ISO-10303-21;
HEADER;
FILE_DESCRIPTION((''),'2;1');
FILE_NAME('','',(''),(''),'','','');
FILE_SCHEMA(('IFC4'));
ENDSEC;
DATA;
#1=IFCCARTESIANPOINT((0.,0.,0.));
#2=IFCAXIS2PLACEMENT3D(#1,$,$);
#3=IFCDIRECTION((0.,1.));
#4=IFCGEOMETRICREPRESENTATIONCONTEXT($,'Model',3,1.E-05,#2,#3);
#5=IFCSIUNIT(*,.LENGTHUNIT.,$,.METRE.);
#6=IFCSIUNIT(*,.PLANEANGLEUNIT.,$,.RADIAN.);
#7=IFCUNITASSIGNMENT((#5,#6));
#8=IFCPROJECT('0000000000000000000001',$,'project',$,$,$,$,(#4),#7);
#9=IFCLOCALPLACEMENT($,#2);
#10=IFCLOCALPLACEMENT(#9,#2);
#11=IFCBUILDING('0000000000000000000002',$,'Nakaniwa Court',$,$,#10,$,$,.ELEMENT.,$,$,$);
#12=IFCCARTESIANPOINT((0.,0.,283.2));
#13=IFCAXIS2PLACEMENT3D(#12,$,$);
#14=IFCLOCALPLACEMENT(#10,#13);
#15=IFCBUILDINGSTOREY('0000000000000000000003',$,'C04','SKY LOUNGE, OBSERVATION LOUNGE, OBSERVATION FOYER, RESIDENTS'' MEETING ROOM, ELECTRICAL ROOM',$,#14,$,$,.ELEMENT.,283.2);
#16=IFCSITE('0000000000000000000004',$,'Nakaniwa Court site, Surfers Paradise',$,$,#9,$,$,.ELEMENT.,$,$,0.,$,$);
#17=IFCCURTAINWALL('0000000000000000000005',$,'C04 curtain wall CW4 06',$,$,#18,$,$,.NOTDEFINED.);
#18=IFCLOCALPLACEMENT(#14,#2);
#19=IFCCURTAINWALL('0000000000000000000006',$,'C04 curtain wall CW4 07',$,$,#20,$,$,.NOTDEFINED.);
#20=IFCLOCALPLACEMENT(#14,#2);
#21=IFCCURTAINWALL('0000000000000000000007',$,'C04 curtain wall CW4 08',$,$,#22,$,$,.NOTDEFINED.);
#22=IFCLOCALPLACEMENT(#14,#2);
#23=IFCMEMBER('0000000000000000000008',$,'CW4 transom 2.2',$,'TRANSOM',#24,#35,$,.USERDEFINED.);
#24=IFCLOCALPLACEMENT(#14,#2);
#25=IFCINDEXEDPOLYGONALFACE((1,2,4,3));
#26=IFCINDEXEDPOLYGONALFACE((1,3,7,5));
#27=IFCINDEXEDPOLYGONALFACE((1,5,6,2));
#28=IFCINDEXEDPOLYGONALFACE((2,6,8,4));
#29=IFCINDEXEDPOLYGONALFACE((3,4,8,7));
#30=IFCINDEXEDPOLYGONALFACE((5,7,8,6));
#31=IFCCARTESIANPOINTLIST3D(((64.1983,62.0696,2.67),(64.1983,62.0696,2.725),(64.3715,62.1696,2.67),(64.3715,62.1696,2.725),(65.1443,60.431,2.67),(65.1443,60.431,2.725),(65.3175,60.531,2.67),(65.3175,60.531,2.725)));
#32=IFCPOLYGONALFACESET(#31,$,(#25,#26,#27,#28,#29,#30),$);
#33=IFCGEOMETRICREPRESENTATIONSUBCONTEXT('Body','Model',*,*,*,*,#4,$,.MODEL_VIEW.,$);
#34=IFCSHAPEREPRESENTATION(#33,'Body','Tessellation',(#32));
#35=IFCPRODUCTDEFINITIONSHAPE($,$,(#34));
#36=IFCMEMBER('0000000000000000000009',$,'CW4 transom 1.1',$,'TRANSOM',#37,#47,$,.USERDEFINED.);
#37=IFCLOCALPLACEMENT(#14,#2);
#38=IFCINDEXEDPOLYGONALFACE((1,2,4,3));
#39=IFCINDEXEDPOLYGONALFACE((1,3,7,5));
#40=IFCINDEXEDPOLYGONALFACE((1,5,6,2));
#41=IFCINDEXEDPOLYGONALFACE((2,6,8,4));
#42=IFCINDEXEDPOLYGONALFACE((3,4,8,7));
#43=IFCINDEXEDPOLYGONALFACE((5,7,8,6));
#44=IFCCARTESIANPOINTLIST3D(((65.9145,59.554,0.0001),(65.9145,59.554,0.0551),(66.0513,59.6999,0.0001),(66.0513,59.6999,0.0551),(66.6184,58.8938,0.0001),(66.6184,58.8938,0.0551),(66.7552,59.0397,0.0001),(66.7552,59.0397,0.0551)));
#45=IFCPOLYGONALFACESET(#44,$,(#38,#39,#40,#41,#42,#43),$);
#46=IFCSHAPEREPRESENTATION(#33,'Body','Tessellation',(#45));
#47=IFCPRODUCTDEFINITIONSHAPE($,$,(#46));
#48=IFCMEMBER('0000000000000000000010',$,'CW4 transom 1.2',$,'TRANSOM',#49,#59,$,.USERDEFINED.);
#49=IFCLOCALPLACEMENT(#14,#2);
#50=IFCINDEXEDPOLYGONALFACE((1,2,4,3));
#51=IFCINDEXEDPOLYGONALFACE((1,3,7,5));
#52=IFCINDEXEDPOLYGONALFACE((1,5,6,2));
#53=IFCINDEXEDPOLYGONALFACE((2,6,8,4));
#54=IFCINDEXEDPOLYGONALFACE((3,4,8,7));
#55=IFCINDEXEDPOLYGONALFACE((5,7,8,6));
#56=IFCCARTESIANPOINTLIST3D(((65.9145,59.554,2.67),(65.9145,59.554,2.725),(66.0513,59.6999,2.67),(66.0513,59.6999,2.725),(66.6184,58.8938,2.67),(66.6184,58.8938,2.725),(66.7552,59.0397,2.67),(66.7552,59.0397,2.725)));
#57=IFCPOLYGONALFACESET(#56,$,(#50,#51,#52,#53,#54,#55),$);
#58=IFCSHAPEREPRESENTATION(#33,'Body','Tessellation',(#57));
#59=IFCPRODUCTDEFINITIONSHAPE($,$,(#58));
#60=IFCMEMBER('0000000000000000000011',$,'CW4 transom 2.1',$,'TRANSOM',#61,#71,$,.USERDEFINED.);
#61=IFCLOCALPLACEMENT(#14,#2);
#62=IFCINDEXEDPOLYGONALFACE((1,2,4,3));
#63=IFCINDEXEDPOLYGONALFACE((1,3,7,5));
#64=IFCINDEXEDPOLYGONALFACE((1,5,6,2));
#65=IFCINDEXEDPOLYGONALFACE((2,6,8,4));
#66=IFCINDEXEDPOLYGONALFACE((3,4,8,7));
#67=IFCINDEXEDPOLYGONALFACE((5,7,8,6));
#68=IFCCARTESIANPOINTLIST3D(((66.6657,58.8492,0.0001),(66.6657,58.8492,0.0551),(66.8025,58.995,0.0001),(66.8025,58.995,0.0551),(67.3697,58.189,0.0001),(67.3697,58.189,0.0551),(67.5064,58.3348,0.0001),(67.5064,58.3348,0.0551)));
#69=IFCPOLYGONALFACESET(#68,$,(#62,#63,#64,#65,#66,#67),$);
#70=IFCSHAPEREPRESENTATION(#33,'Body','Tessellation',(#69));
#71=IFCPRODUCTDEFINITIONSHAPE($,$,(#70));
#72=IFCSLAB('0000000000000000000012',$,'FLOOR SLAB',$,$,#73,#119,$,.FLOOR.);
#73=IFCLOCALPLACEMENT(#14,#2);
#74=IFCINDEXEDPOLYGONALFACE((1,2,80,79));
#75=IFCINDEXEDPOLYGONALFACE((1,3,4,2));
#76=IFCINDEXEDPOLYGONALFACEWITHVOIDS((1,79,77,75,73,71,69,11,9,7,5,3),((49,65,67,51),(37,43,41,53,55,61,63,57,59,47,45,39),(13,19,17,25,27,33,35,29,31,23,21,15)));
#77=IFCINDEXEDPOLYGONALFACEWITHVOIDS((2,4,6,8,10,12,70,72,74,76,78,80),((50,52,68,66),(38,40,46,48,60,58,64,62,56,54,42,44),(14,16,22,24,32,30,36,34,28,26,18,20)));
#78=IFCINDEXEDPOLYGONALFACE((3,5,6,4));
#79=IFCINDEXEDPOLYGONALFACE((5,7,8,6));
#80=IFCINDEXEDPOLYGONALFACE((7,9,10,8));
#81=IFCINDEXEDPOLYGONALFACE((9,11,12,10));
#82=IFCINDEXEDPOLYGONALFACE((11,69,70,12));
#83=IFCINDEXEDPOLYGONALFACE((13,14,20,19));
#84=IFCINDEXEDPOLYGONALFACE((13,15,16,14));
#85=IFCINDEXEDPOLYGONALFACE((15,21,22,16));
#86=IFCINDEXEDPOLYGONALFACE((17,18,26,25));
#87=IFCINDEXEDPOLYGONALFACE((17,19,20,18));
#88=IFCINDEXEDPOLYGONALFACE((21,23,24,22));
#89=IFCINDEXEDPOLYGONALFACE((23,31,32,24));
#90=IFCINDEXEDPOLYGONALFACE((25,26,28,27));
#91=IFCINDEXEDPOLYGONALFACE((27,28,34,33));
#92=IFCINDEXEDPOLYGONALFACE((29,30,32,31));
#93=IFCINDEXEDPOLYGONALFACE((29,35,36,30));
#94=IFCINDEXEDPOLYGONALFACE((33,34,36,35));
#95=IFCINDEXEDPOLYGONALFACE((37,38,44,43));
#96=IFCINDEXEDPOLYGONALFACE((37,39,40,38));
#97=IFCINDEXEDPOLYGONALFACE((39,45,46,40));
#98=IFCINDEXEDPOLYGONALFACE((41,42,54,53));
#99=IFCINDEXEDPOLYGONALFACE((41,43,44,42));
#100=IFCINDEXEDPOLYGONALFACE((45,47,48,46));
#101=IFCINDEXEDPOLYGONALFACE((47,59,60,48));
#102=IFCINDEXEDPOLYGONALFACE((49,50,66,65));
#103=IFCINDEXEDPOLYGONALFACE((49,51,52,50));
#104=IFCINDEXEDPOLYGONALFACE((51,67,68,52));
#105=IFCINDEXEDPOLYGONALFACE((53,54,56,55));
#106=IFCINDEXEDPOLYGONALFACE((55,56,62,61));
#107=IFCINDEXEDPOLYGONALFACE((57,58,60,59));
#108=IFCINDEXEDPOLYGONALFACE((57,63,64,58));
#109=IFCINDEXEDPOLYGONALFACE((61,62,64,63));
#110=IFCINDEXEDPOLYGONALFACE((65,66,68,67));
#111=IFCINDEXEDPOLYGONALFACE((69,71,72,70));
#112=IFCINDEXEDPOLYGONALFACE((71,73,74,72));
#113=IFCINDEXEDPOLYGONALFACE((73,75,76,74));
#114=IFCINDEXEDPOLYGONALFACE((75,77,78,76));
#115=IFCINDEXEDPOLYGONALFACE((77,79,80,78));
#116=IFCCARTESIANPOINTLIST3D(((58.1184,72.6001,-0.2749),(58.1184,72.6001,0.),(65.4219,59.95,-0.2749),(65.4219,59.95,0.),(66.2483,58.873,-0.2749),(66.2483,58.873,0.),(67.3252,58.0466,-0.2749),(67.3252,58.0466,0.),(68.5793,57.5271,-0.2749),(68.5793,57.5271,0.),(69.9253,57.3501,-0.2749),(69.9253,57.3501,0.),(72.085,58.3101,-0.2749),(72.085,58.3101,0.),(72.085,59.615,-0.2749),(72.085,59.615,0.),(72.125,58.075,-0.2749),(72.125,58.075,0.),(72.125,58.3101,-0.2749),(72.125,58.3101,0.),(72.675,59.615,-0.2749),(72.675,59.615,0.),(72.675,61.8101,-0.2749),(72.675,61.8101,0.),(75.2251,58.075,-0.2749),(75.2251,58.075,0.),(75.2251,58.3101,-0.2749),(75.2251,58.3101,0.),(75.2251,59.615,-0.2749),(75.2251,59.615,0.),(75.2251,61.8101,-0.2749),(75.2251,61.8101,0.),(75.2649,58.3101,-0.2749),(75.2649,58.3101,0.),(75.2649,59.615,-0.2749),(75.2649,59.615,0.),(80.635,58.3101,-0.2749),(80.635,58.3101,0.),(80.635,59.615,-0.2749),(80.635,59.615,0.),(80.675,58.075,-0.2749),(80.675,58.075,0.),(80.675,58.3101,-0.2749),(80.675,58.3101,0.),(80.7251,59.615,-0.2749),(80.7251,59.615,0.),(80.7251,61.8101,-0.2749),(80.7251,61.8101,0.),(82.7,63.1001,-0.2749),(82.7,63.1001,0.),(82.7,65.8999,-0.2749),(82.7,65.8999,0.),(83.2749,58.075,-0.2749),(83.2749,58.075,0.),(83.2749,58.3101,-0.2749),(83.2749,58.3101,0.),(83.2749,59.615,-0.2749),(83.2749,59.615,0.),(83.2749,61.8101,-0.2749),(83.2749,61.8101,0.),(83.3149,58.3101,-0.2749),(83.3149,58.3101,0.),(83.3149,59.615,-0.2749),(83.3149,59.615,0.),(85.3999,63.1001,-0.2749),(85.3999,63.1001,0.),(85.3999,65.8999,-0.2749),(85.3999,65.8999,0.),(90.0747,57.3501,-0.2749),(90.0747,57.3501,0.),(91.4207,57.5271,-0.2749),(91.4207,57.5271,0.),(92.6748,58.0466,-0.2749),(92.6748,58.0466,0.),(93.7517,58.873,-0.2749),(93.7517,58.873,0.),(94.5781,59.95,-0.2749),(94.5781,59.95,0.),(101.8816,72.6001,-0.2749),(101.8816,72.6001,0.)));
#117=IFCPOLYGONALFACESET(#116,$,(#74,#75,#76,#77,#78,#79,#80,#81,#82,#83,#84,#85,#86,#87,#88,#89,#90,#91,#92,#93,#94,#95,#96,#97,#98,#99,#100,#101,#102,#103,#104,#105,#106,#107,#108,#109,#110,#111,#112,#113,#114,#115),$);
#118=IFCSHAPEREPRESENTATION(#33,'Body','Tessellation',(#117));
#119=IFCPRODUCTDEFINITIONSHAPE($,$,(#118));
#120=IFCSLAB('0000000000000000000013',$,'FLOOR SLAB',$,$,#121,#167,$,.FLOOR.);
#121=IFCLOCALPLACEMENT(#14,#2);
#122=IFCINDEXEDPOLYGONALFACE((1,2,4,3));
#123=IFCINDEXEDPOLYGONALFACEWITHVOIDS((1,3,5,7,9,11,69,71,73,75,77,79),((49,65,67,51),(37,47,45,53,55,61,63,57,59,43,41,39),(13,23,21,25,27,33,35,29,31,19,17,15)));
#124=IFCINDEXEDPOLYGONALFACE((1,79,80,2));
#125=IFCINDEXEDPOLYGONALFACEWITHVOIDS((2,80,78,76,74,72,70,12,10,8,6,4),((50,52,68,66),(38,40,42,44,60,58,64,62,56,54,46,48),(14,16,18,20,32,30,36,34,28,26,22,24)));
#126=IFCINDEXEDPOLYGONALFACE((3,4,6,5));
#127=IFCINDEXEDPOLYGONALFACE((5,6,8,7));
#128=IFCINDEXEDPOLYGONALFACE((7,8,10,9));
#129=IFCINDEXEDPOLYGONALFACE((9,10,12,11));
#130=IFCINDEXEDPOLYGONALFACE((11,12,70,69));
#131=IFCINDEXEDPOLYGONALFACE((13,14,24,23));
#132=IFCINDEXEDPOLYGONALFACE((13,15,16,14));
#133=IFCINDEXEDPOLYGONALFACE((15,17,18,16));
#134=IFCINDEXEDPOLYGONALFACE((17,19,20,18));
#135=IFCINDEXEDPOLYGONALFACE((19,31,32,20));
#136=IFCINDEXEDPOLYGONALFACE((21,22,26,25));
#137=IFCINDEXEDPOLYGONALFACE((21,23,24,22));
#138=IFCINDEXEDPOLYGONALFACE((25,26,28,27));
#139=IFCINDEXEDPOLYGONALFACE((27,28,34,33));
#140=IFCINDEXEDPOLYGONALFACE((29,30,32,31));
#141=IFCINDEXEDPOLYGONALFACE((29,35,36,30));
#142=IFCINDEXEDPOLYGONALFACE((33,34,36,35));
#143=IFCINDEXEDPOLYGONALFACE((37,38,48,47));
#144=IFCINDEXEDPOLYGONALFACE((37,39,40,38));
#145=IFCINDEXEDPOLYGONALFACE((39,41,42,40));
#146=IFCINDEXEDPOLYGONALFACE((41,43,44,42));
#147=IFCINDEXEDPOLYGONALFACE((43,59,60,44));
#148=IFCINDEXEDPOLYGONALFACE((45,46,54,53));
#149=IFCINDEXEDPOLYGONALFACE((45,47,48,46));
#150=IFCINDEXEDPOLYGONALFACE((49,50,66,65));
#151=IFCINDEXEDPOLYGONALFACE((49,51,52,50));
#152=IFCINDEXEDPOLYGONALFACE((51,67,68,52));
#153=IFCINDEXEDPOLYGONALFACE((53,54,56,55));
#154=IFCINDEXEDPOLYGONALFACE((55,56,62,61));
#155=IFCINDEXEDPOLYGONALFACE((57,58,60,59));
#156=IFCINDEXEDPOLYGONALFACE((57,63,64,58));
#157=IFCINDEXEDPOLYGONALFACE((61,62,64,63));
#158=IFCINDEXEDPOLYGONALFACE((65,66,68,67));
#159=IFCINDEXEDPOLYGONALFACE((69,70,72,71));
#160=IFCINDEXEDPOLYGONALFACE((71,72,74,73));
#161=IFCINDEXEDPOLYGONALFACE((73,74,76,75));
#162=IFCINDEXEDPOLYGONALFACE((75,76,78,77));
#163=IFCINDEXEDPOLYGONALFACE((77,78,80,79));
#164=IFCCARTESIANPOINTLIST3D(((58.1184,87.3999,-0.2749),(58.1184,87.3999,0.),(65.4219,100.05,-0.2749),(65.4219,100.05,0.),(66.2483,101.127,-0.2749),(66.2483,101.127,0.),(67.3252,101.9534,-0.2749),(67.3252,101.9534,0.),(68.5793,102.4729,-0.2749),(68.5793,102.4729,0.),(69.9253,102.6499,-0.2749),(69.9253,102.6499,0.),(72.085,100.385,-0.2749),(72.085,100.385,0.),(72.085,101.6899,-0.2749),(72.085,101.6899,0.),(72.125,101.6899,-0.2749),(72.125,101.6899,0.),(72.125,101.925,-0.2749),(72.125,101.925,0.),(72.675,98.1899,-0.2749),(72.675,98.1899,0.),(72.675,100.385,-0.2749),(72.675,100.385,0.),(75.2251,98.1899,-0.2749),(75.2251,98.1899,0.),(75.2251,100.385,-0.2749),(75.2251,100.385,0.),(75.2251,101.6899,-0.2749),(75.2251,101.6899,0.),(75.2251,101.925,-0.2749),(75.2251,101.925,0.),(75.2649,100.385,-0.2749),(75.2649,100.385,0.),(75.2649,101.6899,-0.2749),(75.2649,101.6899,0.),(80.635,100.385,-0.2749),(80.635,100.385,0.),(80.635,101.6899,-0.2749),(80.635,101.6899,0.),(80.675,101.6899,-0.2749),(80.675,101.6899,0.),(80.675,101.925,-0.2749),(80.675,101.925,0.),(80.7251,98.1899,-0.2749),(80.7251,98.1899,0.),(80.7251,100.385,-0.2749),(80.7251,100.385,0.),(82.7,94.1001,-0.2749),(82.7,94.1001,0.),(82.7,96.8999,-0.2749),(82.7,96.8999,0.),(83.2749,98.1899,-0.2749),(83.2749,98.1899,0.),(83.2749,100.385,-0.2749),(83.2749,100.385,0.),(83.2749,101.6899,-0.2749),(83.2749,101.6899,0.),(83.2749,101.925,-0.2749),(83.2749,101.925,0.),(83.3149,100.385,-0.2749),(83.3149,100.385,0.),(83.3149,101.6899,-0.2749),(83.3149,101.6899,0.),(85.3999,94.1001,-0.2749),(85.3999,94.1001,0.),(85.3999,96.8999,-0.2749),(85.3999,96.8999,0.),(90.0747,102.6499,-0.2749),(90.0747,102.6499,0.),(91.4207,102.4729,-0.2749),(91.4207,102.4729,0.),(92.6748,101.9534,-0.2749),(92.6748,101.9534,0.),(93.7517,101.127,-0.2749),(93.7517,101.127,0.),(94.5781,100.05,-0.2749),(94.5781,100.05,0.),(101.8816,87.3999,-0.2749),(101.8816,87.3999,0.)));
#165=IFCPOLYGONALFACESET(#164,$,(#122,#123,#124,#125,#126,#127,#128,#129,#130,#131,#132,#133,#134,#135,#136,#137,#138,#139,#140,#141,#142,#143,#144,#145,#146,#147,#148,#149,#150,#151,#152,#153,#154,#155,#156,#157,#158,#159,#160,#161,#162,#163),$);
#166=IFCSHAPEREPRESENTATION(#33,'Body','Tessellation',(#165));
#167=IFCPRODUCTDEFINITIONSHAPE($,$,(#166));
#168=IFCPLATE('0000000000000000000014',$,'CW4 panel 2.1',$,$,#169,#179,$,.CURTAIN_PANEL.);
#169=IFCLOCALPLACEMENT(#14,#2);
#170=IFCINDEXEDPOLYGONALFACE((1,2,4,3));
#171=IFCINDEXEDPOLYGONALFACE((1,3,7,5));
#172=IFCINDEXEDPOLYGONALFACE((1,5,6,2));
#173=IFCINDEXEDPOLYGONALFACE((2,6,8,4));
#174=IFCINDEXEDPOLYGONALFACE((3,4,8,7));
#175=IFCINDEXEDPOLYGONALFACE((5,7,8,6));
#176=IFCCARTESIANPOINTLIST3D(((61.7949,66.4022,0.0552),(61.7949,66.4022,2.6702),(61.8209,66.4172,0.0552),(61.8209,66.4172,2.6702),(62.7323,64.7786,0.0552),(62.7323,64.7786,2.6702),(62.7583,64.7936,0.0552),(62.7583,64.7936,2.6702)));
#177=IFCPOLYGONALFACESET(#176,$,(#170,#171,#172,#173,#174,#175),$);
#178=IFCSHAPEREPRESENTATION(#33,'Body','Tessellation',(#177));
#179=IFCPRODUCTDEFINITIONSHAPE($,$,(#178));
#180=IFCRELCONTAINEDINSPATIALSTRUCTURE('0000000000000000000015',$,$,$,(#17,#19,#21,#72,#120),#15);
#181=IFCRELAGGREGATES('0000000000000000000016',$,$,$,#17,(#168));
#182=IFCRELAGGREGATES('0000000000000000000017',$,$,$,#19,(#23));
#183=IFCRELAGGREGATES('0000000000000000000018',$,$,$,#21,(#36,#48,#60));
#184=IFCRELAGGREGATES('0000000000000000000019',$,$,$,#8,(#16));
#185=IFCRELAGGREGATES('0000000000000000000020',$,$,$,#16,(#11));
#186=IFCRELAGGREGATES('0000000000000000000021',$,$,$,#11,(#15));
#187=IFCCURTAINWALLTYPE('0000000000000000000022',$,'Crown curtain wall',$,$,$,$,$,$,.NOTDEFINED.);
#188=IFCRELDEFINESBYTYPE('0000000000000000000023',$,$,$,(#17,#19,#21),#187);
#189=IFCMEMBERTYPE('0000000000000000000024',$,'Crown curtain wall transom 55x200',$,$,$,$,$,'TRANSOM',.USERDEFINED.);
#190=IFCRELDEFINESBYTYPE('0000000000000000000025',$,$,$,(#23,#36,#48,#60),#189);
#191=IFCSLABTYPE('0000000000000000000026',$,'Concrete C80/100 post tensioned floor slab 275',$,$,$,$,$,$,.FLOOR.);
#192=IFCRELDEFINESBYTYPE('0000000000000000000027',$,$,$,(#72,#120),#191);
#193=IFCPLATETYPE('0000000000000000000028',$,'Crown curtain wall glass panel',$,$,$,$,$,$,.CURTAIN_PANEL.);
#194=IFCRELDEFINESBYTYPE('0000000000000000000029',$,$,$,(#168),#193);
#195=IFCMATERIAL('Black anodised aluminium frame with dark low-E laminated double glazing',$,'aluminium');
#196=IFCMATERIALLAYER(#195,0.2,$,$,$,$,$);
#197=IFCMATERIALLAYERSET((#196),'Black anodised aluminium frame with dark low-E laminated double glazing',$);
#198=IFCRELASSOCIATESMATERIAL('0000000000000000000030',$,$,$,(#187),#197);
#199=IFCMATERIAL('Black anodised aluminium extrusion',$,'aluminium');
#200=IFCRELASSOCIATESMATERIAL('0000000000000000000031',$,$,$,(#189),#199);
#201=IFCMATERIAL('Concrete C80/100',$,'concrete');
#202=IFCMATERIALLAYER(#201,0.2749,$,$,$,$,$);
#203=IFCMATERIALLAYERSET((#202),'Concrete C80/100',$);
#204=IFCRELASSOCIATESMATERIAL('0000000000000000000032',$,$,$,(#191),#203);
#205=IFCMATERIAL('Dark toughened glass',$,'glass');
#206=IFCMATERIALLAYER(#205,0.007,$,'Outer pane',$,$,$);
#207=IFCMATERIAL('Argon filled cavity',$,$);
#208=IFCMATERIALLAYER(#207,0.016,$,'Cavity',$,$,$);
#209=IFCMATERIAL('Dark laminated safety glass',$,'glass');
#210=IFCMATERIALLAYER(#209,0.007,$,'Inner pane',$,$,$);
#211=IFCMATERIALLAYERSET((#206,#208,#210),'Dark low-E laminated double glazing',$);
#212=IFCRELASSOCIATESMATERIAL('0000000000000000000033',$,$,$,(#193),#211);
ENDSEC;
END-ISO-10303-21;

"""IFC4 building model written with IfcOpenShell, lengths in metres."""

from ifc_helpers import new_model, si_unit, direction, frame, origin, origin_2d, place, context, subcontext, project, spatial, polyline, rectangle, outline, extrude, material, layer, layer_set, material_profile, profile_set, type_object, element, aggregate, save


model = new_model("IFC4")

# Units and contexts
model_context = context("Model", 3, precision=1e-05, world=origin(), true_north=direction((0.0, 1.0)))
body_context = subcontext(model_context, "Body", "Model", "MODEL_VIEW")
ifc_project = project(units=[si_unit("LENGTHUNIT", "METRE"), si_unit("PLANEANGLEUNIT", "RADIAN")], contexts=[model_context])

# Site, building, storey
site_placement = place(None, origin())
site = spatial("IfcSite", under=ifc_project, at=site_placement, Name="Nakaniwa Court site, Surfers Paradise", CompositionType="ELEMENT", RefElevation=0.0)
building_placement = place(site_placement, origin())
building = spatial("IfcBuilding", under=site, at=building_placement, Name="Nakaniwa Court", CompositionType="ELEMENT")
storey_placement = place(building_placement, frame((0.0, 0.0, 283.2)))
storey = spatial("IfcBuildingStorey", under=building, at=storey_placement, Name="C04", Description="SKY LOUNGE, OBSERVATION LOUNGE, OBSERVATION FOYER, RESIDENTS' MEETING ROOM, ELECTRICAL ROOM", CompositionType="ELEMENT", Elevation=283.2)

# Shared definitions
ifc_material_1 = material(Name="Concrete C80/100", Category="concrete")

# Curtain wall
ifc_material_2 = material(Name="Black anodised aluminium frame with dark low-E laminated double glazing", Category="aluminium")
ifc_layer_1 = layer(ifc_material_2, 0.2)
ifc_layer_set_1 = layer_set([ifc_layer_1], Name="Black anodised aluminium frame with dark low-E laminated double glazing")
curtain_wall_type = type_object("IfcCurtainWallType", Name="Crown curtain wall", PredefinedType="NOTDEFINED", material=ifc_layer_set_1)
curtain_wall_1_placement = place(storey_placement, origin())
curtain_wall_1 = element("IfcCurtainWall", 1, at=curtain_wall_1_placement, inside=storey, type_object=curtain_wall_type, Name="C04 curtain wall CW4 06", PredefinedType="NOTDEFINED")
ifc_material_3 = material(Name="Black anodised aluminium extrusion", Category="aluminium")

# Curtain walls
curtain_wall_2_placement = place(storey_placement, origin())
curtain_wall_2 = element("IfcCurtainWall", 2, at=curtain_wall_2_placement, inside=storey, type_object=curtain_wall_type, Name="C04 curtain wall CW4 07", PredefinedType="NOTDEFINED")
curtain_wall_3_placement = place(storey_placement, origin())
curtain_wall_3 = element("IfcCurtainWall", 3, at=curtain_wall_3_placement, inside=storey, type_object=curtain_wall_type, Name="C04 curtain wall CW4 08", PredefinedType="NOTDEFINED")

# Members
ifc_material_profile_1 = material_profile(ifc_material_3, rectangle(XDim=0.2, YDim=0.0549, at=origin_2d()), Name="Crown curtain wall transom 55x200")
ifc_profile_set_1 = profile_set([ifc_material_profile_1], Name="Black anodised aluminium extrusion")
member_type_1 = type_object("IfcMemberType", Name="Crown curtain wall transom 55x200", ElementType="TRANSOM", PredefinedType="USERDEFINED", material=ifc_profile_set_1)
member_1_placement = place(storey_placement, frame((64.2849, 62.1196, 2.6975), z_axis=(0.499983, -0.866035, 0.0), x_axis=(0.866035, 0.499983, 0.0)))
member_1 = element("IfcMember", 4, at=member_1_placement, type_object=member_type_1, Name="CW4 transom 2.2", ObjectType="TRANSOM", PredefinedType="USERDEFINED", context=body_context, shape_type="SweptSolid", body=[
    extrude(rectangle(XDim=0.2, YDim=0.0549, at=origin_2d()), origin(), (0.0, 0.0, 1.0), 1.8921),
])
member_2_placement = place(storey_placement, frame((65.9829, 59.627, 0.0276), z_axis=(0.729387, -0.684101, 0.0), x_axis=(0.684101, 0.729387, 0.0)))
member_2 = element("IfcMember", 5, at=member_2_placement, type_object=member_type_1, Name="CW4 transom 1.1", ObjectType="TRANSOM", PredefinedType="USERDEFINED", context=body_context, shape_type="SweptSolid", body=[
    extrude(rectangle(XDim=0.2, YDim=0.0549, at=origin_2d()), origin(), (0.0, 0.0, 1.0), 0.9651),
])
member_3_placement = place(storey_placement, frame((65.9829, 59.627, 2.6975), z_axis=(0.729387, -0.684101, 0.0), x_axis=(0.684101, 0.729387, 0.0)))
member_3 = element("IfcMember", 6, at=member_3_placement, type_object=member_type_1, Name="CW4 transom 1.2", ObjectType="TRANSOM", PredefinedType="USERDEFINED", context=body_context, shape_type="SweptSolid", body=[
    extrude(rectangle(XDim=0.2, YDim=0.0549, at=origin_2d()), origin(), (0.0, 0.0, 1.0), 0.9651),
])
member_4_placement = place(storey_placement, frame((66.7341, 58.9221, 0.0276), z_axis=(0.729387, -0.684101, 0.0), x_axis=(0.684101, 0.729387, 0.0)))
member_4 = element("IfcMember", 7, at=member_4_placement, type_object=member_type_1, Name="CW4 transom 2.1", ObjectType="TRANSOM", PredefinedType="USERDEFINED", context=body_context, shape_type="SweptSolid", body=[
    extrude(rectangle(XDim=0.2, YDim=0.0549, at=origin_2d()), origin(), (0.0, 0.0, 1.0), 0.9651),
])

# Slabs
ifc_layer_2 = layer(ifc_material_1, 0.2749)
ifc_layer_set_2 = layer_set([ifc_layer_2], Name="Concrete C80/100")
slab_type_1 = type_object("IfcSlabType", Name="Concrete C80/100 post tensioned floor slab 275", PredefinedType="FLOOR", material=ifc_layer_set_2)
slab_1_placement = place(storey_placement, frame((0.0, 0.0, -0.2749)))
element("IfcSlab", 8, at=slab_1_placement, inside=storey, type_object=slab_type_1, Name="FLOOR SLAB", PredefinedType="FLOOR", context=body_context, shape_type="SweptSolid", body=[
    extrude(outline(polyline([(93.7517, 58.873), (94.5781, 59.95), (101.8816, 72.6001), (58.1184, 72.6001), (65.4219, 59.95), (66.2483, 58.873), (67.3252, 58.0466), (68.5793, 57.5271), (69.9253, 57.3501), (90.0747, 57.3501), (91.4207, 57.5271), (92.6748, 58.0466), (93.7517, 58.873)]), holes=[polyline([(75.2251, 58.3101), (75.2649, 58.3101), (75.2649, 59.615), (75.2251, 59.615), (75.2251, 61.8101), (72.675, 61.8101), (72.675, 59.615), (72.085, 59.615), (72.085, 58.3101), (72.125, 58.3101), (72.125, 58.075), (75.2251, 58.075), (75.2251, 58.3101)]), polyline([(83.2749, 58.3101), (83.3149, 58.3101), (83.3149, 59.615), (83.2749, 59.615), (83.2749, 61.8101), (80.7251, 61.8101), (80.7251, 59.615), (80.635, 59.615), (80.635, 58.3101), (80.675, 58.3101), (80.675, 58.075), (83.2749, 58.075), (83.2749, 58.3101)]), polyline([(82.7, 63.1001), (85.3999, 63.1001), (85.3999, 65.8999), (82.7, 65.8999), (82.7, 63.1001)])]), origin(), (0.0, 0.0, 1.0), 0.2749),
])
slab_2_placement = place(storey_placement, frame((0.0, 0.0, -0.2749)))
element("IfcSlab", 9, at=slab_2_placement, inside=storey, type_object=slab_type_1, Name="FLOOR SLAB", PredefinedType="FLOOR", context=body_context, shape_type="SweptSolid", body=[
    extrude(outline(polyline([(66.2483, 101.127), (65.4219, 100.05), (58.1184, 87.3999), (101.8816, 87.3999), (94.5781, 100.05), (93.7517, 101.127), (92.6748, 101.9534), (91.4207, 102.4729), (90.0747, 102.6499), (69.9253, 102.6499), (68.5793, 102.4729), (67.3252, 101.9534), (66.2483, 101.127)]), holes=[polyline([(85.3999, 94.1001), (85.3999, 96.8999), (82.7, 96.8999), (82.7, 94.1001), (85.3999, 94.1001)]), polyline([(75.2251, 98.1899), (75.2251, 100.385), (75.2649, 100.385), (75.2649, 101.6899), (75.2251, 101.6899), (75.2251, 101.925), (72.125, 101.925), (72.125, 101.6899), (72.085, 101.6899), (72.085, 100.385), (72.675, 100.385), (72.675, 98.1899), (75.2251, 98.1899)]), polyline([(83.2749, 100.385), (83.3149, 100.385), (83.3149, 101.6899), (83.2749, 101.6899), (83.2749, 101.925), (80.675, 101.925), (80.675, 101.6899), (80.635, 101.6899), (80.635, 100.385), (80.7251, 100.385), (80.7251, 98.1899), (83.2749, 98.1899), (83.2749, 100.385)])]), origin(), (0.0, 0.0, 1.0), 0.2749),
])

# Plate
ifc_material_4 = material(Name="Dark toughened glass", Category="glass")
ifc_layer_3 = layer(ifc_material_4, 0.007, Name="Outer pane")
ifc_material_5 = material(Name="Argon filled cavity")
ifc_layer_4 = layer(ifc_material_5, 0.016, Name="Cavity")
ifc_material_6 = material(Name="Dark laminated safety glass", Category="glass")
ifc_layer_5 = layer(ifc_material_6, 0.007, Name="Inner pane")
ifc_layer_set_3 = layer_set([ifc_layer_3, ifc_layer_4, ifc_layer_5], Name="Dark low-E laminated double glazing")
plate_type = type_object("IfcPlateType", Name="Crown curtain wall glass panel", PredefinedType="CURTAIN_PANEL", material=ifc_layer_set_3)
plate_1_placement = place(storey_placement, frame((62.2766, 65.5979, 0.0552), z_axis=(0.0, 0.0, 1.0), x_axis=(0.499987, -0.866033, 0.0)))
plate_1 = element("IfcPlate", 10, at=plate_1_placement, type_object=plate_type, Name="CW4 panel 2.1", PredefinedType="CURTAIN_PANEL", context=body_context, shape_type="SweptSolid", body=[
    extrude(rectangle(XDim=1.8748, YDim=0.03, at=origin_2d()), origin(), (0.0, 0.0, 1.0), 2.615),
])
aggregate(curtain_wall_1, [plate_1])
aggregate(curtain_wall_2, [member_1])
aggregate(curtain_wall_3, [member_2, member_3, member_4])

save(model, "model.ifc")
